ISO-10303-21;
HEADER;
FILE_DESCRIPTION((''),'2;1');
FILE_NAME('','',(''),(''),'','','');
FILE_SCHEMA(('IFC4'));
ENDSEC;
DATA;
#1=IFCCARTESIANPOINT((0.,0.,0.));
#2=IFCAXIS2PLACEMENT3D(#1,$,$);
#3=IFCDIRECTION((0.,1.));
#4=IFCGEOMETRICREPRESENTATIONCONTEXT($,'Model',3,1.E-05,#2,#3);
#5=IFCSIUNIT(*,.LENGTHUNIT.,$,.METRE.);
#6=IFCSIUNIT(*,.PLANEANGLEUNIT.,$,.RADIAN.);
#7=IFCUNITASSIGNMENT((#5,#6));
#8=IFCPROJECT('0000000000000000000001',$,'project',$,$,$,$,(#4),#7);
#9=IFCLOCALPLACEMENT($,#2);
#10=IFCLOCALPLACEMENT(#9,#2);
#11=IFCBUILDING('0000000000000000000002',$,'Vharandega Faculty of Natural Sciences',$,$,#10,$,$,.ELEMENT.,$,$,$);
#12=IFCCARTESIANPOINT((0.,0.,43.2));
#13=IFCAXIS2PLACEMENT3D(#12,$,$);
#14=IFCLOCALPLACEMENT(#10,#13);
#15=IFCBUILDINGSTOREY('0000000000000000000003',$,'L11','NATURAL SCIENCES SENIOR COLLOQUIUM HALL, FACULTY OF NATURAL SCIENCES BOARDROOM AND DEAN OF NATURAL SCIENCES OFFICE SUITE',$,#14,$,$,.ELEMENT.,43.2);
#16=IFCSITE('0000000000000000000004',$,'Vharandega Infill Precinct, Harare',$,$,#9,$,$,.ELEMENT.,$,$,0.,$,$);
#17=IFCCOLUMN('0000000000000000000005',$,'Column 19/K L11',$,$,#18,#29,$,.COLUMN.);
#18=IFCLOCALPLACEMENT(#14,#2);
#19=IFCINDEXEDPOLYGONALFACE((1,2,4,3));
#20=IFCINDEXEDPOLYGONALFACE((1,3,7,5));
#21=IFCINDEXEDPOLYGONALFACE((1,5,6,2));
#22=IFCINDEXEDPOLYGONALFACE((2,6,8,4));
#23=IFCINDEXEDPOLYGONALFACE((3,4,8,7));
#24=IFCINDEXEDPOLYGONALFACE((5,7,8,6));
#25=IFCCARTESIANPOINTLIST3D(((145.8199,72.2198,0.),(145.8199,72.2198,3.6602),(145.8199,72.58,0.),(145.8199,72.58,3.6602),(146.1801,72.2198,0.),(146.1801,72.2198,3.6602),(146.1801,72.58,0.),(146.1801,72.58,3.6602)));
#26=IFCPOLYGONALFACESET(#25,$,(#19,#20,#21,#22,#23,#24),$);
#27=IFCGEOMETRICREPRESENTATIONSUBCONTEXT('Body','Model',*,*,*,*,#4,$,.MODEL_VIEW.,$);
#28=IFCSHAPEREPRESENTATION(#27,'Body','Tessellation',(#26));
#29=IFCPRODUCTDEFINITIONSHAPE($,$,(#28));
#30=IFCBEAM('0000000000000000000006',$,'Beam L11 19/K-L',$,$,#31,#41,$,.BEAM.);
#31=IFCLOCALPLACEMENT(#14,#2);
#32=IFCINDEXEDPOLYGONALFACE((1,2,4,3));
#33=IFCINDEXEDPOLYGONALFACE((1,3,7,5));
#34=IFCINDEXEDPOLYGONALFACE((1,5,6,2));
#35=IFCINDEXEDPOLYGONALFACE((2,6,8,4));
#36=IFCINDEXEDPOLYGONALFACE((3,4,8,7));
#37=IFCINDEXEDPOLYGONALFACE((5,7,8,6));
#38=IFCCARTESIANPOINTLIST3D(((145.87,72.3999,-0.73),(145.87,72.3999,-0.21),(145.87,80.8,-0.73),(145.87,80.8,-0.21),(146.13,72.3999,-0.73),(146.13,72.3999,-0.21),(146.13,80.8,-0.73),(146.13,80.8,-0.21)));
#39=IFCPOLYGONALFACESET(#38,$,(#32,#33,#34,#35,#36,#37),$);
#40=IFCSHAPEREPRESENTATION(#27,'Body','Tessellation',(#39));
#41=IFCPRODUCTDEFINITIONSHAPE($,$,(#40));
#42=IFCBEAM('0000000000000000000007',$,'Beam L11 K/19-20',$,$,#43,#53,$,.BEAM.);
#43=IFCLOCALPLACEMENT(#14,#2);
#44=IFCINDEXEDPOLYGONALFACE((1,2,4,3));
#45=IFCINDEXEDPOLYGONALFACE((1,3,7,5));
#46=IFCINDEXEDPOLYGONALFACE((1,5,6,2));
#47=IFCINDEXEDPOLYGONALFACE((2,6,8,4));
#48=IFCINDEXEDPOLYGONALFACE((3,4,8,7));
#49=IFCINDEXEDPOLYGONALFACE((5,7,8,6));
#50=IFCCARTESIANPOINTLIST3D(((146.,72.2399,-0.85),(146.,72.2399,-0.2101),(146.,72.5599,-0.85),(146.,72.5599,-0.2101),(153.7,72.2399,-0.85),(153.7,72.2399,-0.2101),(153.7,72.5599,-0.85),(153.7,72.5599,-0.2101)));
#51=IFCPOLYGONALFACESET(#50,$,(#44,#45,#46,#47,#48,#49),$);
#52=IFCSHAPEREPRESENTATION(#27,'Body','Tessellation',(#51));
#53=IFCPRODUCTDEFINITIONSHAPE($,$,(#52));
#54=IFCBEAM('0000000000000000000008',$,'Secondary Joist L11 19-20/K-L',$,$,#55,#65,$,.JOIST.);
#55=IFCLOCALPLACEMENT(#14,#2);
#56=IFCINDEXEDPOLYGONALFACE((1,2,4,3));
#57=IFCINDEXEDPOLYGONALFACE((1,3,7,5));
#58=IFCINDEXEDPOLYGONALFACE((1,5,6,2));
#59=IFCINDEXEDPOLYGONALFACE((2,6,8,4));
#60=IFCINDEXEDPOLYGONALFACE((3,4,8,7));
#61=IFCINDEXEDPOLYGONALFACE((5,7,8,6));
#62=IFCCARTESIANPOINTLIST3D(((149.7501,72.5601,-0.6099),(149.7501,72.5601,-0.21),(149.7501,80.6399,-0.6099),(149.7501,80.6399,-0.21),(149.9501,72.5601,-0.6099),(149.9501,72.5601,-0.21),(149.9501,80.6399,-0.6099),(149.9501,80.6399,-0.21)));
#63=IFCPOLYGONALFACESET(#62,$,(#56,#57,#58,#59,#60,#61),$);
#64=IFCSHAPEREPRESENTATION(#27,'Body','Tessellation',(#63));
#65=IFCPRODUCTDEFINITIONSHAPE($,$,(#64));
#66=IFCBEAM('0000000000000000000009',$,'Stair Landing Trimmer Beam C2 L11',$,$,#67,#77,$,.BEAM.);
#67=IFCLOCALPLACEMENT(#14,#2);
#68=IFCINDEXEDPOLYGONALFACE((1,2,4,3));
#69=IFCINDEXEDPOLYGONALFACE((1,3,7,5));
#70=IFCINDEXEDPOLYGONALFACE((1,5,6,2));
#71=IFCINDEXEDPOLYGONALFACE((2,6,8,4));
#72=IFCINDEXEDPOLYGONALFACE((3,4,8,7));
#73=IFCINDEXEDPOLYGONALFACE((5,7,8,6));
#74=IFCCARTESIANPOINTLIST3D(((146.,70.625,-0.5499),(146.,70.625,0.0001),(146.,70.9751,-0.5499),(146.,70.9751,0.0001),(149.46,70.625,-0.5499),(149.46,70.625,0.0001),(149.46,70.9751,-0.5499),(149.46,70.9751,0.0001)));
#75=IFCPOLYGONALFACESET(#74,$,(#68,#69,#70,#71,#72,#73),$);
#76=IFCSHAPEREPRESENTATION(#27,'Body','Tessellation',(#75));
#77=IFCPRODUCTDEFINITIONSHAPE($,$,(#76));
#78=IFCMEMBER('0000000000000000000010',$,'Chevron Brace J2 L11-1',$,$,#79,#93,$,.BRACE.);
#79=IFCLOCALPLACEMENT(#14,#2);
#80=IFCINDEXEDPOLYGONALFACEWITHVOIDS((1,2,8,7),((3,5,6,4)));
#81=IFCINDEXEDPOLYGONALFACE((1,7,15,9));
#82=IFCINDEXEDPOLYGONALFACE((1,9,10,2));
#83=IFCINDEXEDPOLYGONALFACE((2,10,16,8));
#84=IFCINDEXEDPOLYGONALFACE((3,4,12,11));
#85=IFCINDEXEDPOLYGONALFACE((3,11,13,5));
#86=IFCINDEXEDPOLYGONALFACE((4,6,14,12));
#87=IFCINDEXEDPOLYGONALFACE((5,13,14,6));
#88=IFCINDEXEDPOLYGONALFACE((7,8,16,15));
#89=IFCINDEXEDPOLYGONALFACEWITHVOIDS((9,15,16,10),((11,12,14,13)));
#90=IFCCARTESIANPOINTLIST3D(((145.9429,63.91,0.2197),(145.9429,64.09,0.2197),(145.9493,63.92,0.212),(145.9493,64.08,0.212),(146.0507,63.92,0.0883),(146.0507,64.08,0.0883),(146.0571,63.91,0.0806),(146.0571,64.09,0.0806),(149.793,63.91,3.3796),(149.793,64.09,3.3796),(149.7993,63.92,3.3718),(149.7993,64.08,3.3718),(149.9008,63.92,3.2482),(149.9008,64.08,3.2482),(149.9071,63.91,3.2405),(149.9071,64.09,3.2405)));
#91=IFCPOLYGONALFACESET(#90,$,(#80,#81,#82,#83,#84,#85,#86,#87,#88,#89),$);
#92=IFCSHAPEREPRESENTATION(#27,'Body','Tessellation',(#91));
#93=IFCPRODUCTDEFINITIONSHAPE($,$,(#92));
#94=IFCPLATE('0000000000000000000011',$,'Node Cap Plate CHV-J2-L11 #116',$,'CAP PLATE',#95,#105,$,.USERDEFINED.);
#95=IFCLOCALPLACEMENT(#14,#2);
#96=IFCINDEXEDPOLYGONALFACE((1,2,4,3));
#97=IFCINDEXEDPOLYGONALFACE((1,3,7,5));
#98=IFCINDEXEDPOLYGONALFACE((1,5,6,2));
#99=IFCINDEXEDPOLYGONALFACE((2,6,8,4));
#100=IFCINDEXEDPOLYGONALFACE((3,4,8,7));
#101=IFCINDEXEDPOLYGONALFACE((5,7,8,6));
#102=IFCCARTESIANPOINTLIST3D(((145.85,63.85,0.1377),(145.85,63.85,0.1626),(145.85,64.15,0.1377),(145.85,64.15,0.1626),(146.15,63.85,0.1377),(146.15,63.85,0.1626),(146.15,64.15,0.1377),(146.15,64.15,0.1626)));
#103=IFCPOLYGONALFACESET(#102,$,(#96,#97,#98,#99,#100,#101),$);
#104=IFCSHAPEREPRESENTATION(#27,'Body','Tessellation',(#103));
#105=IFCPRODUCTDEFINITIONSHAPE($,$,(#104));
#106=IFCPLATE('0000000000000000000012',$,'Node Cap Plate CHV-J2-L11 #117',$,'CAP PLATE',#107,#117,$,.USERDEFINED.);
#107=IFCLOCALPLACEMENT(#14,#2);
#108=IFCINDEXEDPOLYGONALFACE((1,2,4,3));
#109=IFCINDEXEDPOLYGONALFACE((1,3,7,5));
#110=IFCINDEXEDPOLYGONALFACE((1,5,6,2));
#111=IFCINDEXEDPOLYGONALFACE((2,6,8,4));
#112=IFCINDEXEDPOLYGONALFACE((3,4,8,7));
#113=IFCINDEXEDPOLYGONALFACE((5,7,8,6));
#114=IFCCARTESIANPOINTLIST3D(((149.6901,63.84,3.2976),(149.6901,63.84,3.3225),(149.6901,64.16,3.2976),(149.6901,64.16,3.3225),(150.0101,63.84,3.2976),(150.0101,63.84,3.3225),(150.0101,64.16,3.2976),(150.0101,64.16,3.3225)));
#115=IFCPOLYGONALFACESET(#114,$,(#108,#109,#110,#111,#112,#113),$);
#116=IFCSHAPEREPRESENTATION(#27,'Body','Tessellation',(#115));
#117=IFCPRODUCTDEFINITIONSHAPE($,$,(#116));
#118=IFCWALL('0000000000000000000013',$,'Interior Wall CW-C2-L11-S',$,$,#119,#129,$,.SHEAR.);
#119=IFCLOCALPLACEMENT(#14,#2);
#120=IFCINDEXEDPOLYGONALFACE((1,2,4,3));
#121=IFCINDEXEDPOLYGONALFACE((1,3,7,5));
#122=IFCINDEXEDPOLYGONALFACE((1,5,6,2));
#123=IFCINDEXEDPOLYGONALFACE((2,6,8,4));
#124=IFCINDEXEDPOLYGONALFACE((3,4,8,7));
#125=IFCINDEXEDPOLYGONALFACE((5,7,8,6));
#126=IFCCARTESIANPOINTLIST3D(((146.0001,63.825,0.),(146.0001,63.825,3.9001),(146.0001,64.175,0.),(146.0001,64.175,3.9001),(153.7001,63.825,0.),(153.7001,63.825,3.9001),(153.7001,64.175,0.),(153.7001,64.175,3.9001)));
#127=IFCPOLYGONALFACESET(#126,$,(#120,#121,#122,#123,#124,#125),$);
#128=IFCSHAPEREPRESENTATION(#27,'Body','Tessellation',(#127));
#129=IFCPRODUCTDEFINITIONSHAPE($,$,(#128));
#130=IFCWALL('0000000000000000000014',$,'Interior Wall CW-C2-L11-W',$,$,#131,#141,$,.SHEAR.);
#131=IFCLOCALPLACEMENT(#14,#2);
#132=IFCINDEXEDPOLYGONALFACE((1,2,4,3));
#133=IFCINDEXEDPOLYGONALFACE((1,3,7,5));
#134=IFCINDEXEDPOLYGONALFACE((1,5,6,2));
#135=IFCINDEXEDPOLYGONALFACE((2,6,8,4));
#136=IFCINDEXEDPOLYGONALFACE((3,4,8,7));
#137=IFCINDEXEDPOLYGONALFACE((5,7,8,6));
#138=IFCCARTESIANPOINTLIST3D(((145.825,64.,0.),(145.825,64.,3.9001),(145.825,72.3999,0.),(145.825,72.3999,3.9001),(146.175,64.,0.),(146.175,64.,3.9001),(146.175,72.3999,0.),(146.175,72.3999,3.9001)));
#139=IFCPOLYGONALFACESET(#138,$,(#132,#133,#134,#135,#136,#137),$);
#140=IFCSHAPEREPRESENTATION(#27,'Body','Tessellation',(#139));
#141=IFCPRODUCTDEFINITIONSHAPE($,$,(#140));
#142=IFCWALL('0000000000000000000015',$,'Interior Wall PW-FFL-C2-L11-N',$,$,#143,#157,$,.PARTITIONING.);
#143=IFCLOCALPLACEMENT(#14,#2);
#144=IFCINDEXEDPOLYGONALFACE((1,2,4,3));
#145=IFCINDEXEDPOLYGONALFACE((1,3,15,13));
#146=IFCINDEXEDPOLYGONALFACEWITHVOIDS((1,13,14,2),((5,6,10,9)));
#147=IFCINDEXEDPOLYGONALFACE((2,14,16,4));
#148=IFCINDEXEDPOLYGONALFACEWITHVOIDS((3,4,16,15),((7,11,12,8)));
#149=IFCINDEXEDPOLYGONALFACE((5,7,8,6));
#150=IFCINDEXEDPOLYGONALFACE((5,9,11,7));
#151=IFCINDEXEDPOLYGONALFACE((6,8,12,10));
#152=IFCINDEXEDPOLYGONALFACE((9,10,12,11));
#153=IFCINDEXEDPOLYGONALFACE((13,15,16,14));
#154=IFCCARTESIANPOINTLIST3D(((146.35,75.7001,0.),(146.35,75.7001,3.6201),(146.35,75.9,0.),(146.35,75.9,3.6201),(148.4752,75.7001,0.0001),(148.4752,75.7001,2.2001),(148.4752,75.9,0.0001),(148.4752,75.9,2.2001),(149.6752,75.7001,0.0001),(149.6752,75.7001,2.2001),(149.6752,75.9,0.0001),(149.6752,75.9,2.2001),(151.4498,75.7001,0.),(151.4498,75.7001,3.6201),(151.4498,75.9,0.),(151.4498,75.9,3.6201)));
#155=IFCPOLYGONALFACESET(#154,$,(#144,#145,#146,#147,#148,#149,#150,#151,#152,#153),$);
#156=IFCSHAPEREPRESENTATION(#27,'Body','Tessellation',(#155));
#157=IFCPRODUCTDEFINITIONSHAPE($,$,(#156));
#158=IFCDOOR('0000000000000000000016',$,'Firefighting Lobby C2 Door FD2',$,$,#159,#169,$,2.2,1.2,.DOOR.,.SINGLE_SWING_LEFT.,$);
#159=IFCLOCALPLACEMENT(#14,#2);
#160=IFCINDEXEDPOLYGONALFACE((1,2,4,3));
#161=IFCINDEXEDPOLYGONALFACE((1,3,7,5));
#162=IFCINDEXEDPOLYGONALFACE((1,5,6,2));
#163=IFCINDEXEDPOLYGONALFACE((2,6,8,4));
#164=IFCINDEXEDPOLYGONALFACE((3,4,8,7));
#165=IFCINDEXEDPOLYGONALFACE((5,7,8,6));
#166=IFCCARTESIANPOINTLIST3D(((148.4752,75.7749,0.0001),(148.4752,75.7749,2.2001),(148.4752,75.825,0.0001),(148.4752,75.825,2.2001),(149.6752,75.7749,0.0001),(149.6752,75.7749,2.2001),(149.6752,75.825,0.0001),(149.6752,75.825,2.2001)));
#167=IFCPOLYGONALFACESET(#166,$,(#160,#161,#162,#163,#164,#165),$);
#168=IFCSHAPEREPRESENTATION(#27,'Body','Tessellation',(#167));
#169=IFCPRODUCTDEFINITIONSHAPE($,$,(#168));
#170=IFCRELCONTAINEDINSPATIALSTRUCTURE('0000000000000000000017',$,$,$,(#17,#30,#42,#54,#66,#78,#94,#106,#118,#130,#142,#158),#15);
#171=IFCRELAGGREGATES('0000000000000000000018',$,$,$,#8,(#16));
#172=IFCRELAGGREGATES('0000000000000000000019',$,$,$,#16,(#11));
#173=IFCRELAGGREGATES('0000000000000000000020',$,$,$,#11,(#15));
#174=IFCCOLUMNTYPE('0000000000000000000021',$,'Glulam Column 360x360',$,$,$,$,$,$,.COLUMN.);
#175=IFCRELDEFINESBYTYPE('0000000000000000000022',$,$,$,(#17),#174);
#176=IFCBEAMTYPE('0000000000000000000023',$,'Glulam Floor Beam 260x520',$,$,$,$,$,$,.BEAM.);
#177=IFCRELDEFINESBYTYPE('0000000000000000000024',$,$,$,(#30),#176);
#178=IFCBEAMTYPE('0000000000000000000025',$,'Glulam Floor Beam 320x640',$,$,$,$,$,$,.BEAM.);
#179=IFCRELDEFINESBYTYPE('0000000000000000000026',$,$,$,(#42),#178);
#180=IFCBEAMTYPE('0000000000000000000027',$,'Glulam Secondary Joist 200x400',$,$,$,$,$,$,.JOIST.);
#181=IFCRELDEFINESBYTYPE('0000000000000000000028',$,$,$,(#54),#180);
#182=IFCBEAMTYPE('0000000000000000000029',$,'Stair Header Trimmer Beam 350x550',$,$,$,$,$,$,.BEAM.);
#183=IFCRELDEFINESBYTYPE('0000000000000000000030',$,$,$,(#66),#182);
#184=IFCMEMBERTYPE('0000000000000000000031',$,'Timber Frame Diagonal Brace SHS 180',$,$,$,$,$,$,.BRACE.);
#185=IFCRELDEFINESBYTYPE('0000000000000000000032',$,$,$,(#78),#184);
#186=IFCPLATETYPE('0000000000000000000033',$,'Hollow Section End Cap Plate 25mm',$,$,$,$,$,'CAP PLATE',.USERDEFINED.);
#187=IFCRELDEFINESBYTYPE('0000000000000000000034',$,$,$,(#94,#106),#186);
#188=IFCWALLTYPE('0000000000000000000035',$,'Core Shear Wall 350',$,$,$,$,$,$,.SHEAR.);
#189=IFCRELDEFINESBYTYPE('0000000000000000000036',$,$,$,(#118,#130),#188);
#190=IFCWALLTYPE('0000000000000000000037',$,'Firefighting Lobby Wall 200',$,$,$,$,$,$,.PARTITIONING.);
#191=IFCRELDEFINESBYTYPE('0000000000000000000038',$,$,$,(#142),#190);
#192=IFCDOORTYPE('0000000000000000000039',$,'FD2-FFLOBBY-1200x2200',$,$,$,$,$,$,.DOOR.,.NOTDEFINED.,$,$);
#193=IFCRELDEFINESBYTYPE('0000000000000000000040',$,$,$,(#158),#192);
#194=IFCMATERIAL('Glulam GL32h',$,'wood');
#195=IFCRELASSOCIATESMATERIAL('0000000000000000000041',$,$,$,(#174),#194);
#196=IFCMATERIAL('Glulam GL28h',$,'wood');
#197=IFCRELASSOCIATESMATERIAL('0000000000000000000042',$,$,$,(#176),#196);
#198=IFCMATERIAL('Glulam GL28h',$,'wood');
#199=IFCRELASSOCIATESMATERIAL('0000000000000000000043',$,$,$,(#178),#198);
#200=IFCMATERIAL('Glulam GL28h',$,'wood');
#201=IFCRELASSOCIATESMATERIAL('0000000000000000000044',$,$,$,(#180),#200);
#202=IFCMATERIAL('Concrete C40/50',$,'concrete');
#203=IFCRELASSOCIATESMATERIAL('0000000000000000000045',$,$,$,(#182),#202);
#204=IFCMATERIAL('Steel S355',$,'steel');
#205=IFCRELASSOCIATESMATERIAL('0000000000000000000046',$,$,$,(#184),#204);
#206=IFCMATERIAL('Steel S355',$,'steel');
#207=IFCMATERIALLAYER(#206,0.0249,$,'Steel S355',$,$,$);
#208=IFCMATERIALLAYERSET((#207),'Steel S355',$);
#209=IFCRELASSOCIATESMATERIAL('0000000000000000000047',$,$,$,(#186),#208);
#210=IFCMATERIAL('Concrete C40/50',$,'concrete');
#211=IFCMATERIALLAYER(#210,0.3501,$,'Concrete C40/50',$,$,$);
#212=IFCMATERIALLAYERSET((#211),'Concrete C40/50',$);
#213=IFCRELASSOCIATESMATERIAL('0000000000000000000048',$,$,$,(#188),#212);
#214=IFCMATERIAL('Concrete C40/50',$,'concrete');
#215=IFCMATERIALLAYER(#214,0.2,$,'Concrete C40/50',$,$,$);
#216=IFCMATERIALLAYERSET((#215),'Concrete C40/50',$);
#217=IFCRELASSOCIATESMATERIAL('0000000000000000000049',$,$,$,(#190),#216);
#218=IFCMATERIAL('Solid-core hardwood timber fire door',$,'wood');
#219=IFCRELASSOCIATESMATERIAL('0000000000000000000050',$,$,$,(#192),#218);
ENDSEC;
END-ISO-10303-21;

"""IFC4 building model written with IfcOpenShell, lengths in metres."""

from ifc_helpers import new_model, si_unit, direction, frame, frame_2d, origin, origin_2d, place, context, subcontext, project, spatial, rectangle, hollow_rectangle, extrude, material, layer, layer_set, material_profile, profile_set, type_object, element, fill, save


model = new_model("IFC4")

# Units and contexts
model_context = context("Model", 3, precision=1e-05, world=origin(), true_north=direction((0.0, 1.0)))
body_context = subcontext(model_context, "Body", "Model", "MODEL_VIEW")
ifc_project = project(units=[si_unit("LENGTHUNIT", "METRE"), si_unit("PLANEANGLEUNIT", "RADIAN")], contexts=[model_context])

# Site, building, storey
site_placement = place(None, origin())
site = spatial("IfcSite", under=ifc_project, at=site_placement, Name="Vharandega Infill Precinct, Harare", CompositionType="ELEMENT", RefElevation=0.0)
building_placement = place(site_placement, origin())
building = spatial("IfcBuilding", under=site, at=building_placement, Name="Vharandega Faculty of Natural Sciences", CompositionType="ELEMENT")
storey_placement = place(building_placement, frame((0.0, 0.0, 43.2)))
storey = spatial("IfcBuildingStorey", under=building, at=storey_placement, Name="L11", Description="NATURAL SCIENCES SENIOR COLLOQUIUM HALL, FACULTY OF NATURAL SCIENCES BOARDROOM AND DEAN OF NATURAL SCIENCES OFFICE SUITE", CompositionType="ELEMENT", Elevation=43.2)

# Column
ifc_material_1 = material(Name="Glulam GL32h", Category="wood")
ifc_material_profile_1 = material_profile(ifc_material_1, rectangle(XDim=0.3601, YDim=0.3601, at=origin_2d()), Name="GL32h 360x360")
ifc_profile_set_1 = profile_set([ifc_material_profile_1], Name="Glulam GL32h")
column_type = type_object("IfcColumnType", Name="Glulam Column 360x360", PredefinedType="COLUMN", material=ifc_profile_set_1)
column_placement = place(storey_placement, frame((146.0, 72.3999, 0.0), z_axis=(0.0, 0.0, 1.0), x_axis=(1.0, 0.0, 0.0)))
element("IfcColumn", 1, at=column_placement, inside=storey, type_object=column_type, Name="Column 19/K L11", PredefinedType="COLUMN", context=body_context, shape_type="SweptSolid", body=[
    extrude(rectangle(XDim=0.3601, YDim=0.3601, at=origin_2d()), origin(), (0.0, 0.0, 1.0), 3.6602),
])

# Beams
ifc_material_2 = material(Name="Glulam GL28h", Category="wood")
ifc_material_profile_2 = material_profile(ifc_material_2, rectangle(XDim=0.26, YDim=0.52, at=origin_2d()), Name="GL28h 260x520")
ifc_profile_set_2 = profile_set([ifc_material_profile_2], Name="Glulam GL28h")
beam_type_1 = type_object("IfcBeamType", Name="Glulam Floor Beam 260x520", PredefinedType="BEAM", material=ifc_profile_set_2)
beam_1_placement = place(storey_placement, frame((146.0, 72.3999, -0.47), z_axis=(0.0, 1.0, 0.0), x_axis=(-1.0, 0.0, 0.0)))
element("IfcBeam", 2, at=beam_1_placement, inside=storey, type_object=beam_type_1, Name="Beam L11 19/K-L", PredefinedType="BEAM", context=body_context, shape_type="SweptSolid", body=[
    extrude(rectangle(XDim=0.26, YDim=0.52, at=origin_2d()), origin(), (0.0, 0.0, 1.0), 8.4001),
])
ifc_material_3 = material(Name="Glulam GL28h", Category="wood")
ifc_material_profile_3 = material_profile(ifc_material_3, rectangle(XDim=0.3201, YDim=0.6399, at=origin_2d()), Name="GL28h 320x640")
ifc_profile_set_3 = profile_set([ifc_material_profile_3], Name="Glulam GL28h")
beam_type_2 = type_object("IfcBeamType", Name="Glulam Floor Beam 320x640", PredefinedType="BEAM", material=ifc_profile_set_3)
beam_2_placement = place(storey_placement, frame((146.0, 72.3999, -0.53), z_axis=(1.0, 0.0, 0.0), x_axis=(0.0, 1.0, 0.0)))
element("IfcBeam", 3, at=beam_2_placement, inside=storey, type_object=beam_type_2, Name="Beam L11 K/19-20", PredefinedType="BEAM", context=body_context, shape_type="SweptSolid", body=[
    extrude(rectangle(XDim=0.3201, YDim=0.6399, at=origin_2d()), origin(), (0.0, 0.0, 1.0), 7.7),
])
ifc_material_4 = material(Name="Glulam GL28h", Category="wood")
ifc_material_profile_4 = material_profile(ifc_material_4, rectangle(XDim=0.2, YDim=0.3999, at=origin_2d()), Name="GL28h 200x400")
ifc_profile_set_4 = profile_set([ifc_material_profile_4], Name="Glulam GL28h")
beam_type_3 = type_object("IfcBeamType", Name="Glulam Secondary Joist 200x400", PredefinedType="JOIST", material=ifc_profile_set_4)
beam_3_placement = place(storey_placement, frame((149.8501, 72.5601, -0.4099), z_axis=(0.0, 1.0, 0.0), x_axis=(-1.0, 0.0, 0.0)))
element("IfcBeam", 4, at=beam_3_placement, inside=storey, type_object=beam_type_3, Name="Secondary Joist L11 19-20/K-L", PredefinedType="JOIST", context=body_context, shape_type="SweptSolid", body=[
    extrude(rectangle(XDim=0.2, YDim=0.3999, at=origin_2d()), origin(), (0.0, 0.0, 1.0), 8.0798),
])
ifc_material_5 = material(Name="Concrete C40/50", Category="concrete")
ifc_material_profile_5 = material_profile(ifc_material_5, rectangle(XDim=0.3501, YDim=0.55, at=origin_2d()), Name="RC 350x550")
ifc_profile_set_5 = profile_set([ifc_material_profile_5], Name="Concrete C40/50")
beam_type_4 = type_object("IfcBeamType", Name="Stair Header Trimmer Beam 350x550", PredefinedType="BEAM", material=ifc_profile_set_5)
beam_4_placement = place(storey_placement, frame((146.0, 70.8, -0.2749), z_axis=(1.0, 0.0, 0.0), x_axis=(0.0, 1.0, 0.0)))
element("IfcBeam", 5, at=beam_4_placement, inside=storey, type_object=beam_type_4, Name="Stair Landing Trimmer Beam C2 L11", PredefinedType="BEAM", context=body_context, shape_type="SweptSolid", body=[
    extrude(rectangle(XDim=0.3501, YDim=0.55, at=origin_2d()), origin(), (0.0, 0.0, 1.0), 3.46),
])

# Member
ifc_material_6 = material(Name="Steel S355", Category="steel")
ifc_material_profile_6 = material_profile(ifc_material_6, hollow_rectangle(XDim=0.1799, YDim=0.1799, WallThickness=0.01, at=origin_2d()), Name="SHS 180x180x10")
ifc_profile_set_6 = profile_set([ifc_material_profile_6], Name="Steel S355")
member_type = type_object("IfcMemberType", Name="Timber Frame Diagonal Brace SHS 180", PredefinedType="BRACE", material=ifc_profile_set_6)
member_placement = place(storey_placement, frame((146.0, 64.0, 0.1501), z_axis=(0.772989, 0.0, 0.63442), x_axis=(0.0, 1.0, 0.0)))
element("IfcMember", 6, at=member_placement, inside=storey, type_object=member_type, Name="Chevron Brace J2 L11-1", PredefinedType="BRACE", context=body_context, shape_type="SweptSolid", body=[
    extrude(hollow_rectangle(XDim=0.1799, YDim=0.1799, WallThickness=0.01, at=origin_2d()), origin(), (0.0, 0.0, 1.0), 4.9807),
])

# Plates
ifc_material_7 = material(Name="Steel S355", Category="steel")
ifc_layer_1 = layer(ifc_material_7, 0.0249, Name="Steel S355")
ifc_layer_set_1 = layer_set([ifc_layer_1], Name="Steel S355")
plate_type = type_object("IfcPlateType", Name="Hollow Section End Cap Plate 25mm", ElementType="CAP PLATE", PredefinedType="USERDEFINED", material=ifc_layer_set_1)
plate_1_placement = place(storey_placement, frame((146.0, 64.0, 0.1377), z_axis=(0.0, 0.0, 1.0), x_axis=(1.0, 0.0, 0.0)))
element("IfcPlate", 7, at=plate_1_placement, inside=storey, type_object=plate_type, Name="Node Cap Plate CHV-J2-L11 #116", ObjectType="CAP PLATE", PredefinedType="USERDEFINED", context=body_context, shape_type="SweptSolid", body=[
    extrude(rectangle(XDim=0.3, YDim=0.3, at=origin_2d()), origin(), (0.0, 0.0, 1.0), 0.0249),
])
plate_2_placement = place(storey_placement, frame((149.8501, 64.0, 3.2976), z_axis=(0.0, 0.0, 1.0), x_axis=(1.0, 0.0, 0.0)))
element("IfcPlate", 8, at=plate_2_placement, inside=storey, type_object=plate_type, Name="Node Cap Plate CHV-J2-L11 #117", ObjectType="CAP PLATE", PredefinedType="USERDEFINED", context=body_context, shape_type="SweptSolid", body=[
    extrude(rectangle(XDim=0.3201, YDim=0.3201, at=origin_2d()), origin(), (0.0, 0.0, 1.0), 0.0249),
])

# Walls
ifc_material_8 = material(Name="Concrete C40/50", Category="concrete")
ifc_layer_2 = layer(ifc_material_8, 0.3501, Name="Concrete C40/50")
ifc_layer_set_2 = layer_set([ifc_layer_2], Name="Concrete C40/50")
wall_type_1 = type_object("IfcWallType", Name="Core Shear Wall 350", PredefinedType="SHEAR", material=ifc_layer_set_2)
wall_1_placement = place(storey_placement, frame((146.0, 64.0, 0.0), z_axis=(0.0, 0.0, 1.0), x_axis=(1.0, 0.0, 0.0)))
element("IfcWall", 9, at=wall_1_placement, inside=storey, type_object=wall_type_1, Name="Interior Wall CW-C2-L11-S", PredefinedType="SHEAR", context=body_context, shape_type="SweptSolid", body=[
    extrude(rectangle(XDim=7.7, YDim=0.3501, at=frame_2d((3.8501, 0.0))), origin(), (0.0, 0.0, 1.0), 3.9001),
])
wall_2_placement = place(storey_placement, frame((146.0, 64.0, 0.0), z_axis=(0.0, 0.0, 1.0), x_axis=(0.0, 1.0, 0.0)))
element("IfcWall", 10, at=wall_2_placement, inside=storey, type_object=wall_type_1, Name="Interior Wall CW-C2-L11-W", PredefinedType="SHEAR", context=body_context, shape_type="SweptSolid", body=[
    extrude(rectangle(XDim=8.3999, YDim=0.3501, at=frame_2d((4.2, 0.0))), origin(), (0.0, 0.0, 1.0), 3.9001),
])

# Wall, opening, door
ifc_material_9 = material(Name="Concrete C40/50", Category="concrete")
ifc_layer_3 = layer(ifc_material_9, 0.2, Name="Concrete C40/50")
ifc_layer_set_3 = layer_set([ifc_layer_3], Name="Concrete C40/50")
wall_type_2 = type_object("IfcWallType", Name="Firefighting Lobby Wall 200", PredefinedType="PARTITIONING", material=ifc_layer_set_3)
wall_3_placement = place(storey_placement, frame((146.3501, 75.8, 0.0), z_axis=(0.0, 0.0, 1.0), x_axis=(1.0, 0.0, 0.0)))
wall_3 = element("IfcWall", 11, at=wall_3_placement, inside=storey, type_object=wall_type_2, Name="Interior Wall PW-FFL-C2-L11-N", PredefinedType="PARTITIONING", context=body_context, shape_type="SweptSolid", body=[
    extrude(rectangle(XDim=5.0999, YDim=0.2, at=frame_2d((2.5498, 0.0))), origin(), (0.0, 0.0, 1.0), 3.6201),
])
opening_1_placement = place(wall_3_placement, frame((2.125, 0.0, 0.0)))
opening_1 = element("IfcOpeningElement", 12, at=opening_1_placement, cuts=wall_3, PredefinedType="OPENING", context=body_context, shape_type="SweptSolid", body=[
    extrude(rectangle(XDim=1.2, YDim=2.2, at=frame_2d((0.6001, 1.1001))), frame((0.0, 0.1099, 0.0), z_axis=(0.0, -1.0, 0.0), x_axis=(1.0, 0.0, 0.0)), (0.0, 0.0, 1.0), 0.22),
])
ifc_material_10 = material(Name="Solid-core hardwood timber fire door", Category="wood")
door_type_1 = type_object("IfcDoorType", Name="FD2-FFLOBBY-1200x2200", OperationType="NOTDEFINED", PredefinedType="DOOR", material=ifc_material_10)
door_1_placement = place(opening_1_placement, origin())
door_1 = element("IfcDoor", 13, at=door_1_placement, inside=storey, type_object=door_type_1, Name="Firefighting Lobby C2 Door FD2", OperationType="SINGLE_SWING_LEFT", OverallHeight=2.2, OverallWidth=1.2, PredefinedType="DOOR", context=body_context, shape_type="SweptSolid", body=[
    extrude(rectangle(XDim=1.2, YDim=2.2, at=frame_2d((0.6001, 1.1001))), frame((0.0, 0.0249, 0.0), z_axis=(0.0, -1.0, 0.0), x_axis=(1.0, 0.0, 0.0)), (0.0, 0.0, 1.0), 0.05),
])
fill(opening_1, door_1)

save(model, "model.ifc")
